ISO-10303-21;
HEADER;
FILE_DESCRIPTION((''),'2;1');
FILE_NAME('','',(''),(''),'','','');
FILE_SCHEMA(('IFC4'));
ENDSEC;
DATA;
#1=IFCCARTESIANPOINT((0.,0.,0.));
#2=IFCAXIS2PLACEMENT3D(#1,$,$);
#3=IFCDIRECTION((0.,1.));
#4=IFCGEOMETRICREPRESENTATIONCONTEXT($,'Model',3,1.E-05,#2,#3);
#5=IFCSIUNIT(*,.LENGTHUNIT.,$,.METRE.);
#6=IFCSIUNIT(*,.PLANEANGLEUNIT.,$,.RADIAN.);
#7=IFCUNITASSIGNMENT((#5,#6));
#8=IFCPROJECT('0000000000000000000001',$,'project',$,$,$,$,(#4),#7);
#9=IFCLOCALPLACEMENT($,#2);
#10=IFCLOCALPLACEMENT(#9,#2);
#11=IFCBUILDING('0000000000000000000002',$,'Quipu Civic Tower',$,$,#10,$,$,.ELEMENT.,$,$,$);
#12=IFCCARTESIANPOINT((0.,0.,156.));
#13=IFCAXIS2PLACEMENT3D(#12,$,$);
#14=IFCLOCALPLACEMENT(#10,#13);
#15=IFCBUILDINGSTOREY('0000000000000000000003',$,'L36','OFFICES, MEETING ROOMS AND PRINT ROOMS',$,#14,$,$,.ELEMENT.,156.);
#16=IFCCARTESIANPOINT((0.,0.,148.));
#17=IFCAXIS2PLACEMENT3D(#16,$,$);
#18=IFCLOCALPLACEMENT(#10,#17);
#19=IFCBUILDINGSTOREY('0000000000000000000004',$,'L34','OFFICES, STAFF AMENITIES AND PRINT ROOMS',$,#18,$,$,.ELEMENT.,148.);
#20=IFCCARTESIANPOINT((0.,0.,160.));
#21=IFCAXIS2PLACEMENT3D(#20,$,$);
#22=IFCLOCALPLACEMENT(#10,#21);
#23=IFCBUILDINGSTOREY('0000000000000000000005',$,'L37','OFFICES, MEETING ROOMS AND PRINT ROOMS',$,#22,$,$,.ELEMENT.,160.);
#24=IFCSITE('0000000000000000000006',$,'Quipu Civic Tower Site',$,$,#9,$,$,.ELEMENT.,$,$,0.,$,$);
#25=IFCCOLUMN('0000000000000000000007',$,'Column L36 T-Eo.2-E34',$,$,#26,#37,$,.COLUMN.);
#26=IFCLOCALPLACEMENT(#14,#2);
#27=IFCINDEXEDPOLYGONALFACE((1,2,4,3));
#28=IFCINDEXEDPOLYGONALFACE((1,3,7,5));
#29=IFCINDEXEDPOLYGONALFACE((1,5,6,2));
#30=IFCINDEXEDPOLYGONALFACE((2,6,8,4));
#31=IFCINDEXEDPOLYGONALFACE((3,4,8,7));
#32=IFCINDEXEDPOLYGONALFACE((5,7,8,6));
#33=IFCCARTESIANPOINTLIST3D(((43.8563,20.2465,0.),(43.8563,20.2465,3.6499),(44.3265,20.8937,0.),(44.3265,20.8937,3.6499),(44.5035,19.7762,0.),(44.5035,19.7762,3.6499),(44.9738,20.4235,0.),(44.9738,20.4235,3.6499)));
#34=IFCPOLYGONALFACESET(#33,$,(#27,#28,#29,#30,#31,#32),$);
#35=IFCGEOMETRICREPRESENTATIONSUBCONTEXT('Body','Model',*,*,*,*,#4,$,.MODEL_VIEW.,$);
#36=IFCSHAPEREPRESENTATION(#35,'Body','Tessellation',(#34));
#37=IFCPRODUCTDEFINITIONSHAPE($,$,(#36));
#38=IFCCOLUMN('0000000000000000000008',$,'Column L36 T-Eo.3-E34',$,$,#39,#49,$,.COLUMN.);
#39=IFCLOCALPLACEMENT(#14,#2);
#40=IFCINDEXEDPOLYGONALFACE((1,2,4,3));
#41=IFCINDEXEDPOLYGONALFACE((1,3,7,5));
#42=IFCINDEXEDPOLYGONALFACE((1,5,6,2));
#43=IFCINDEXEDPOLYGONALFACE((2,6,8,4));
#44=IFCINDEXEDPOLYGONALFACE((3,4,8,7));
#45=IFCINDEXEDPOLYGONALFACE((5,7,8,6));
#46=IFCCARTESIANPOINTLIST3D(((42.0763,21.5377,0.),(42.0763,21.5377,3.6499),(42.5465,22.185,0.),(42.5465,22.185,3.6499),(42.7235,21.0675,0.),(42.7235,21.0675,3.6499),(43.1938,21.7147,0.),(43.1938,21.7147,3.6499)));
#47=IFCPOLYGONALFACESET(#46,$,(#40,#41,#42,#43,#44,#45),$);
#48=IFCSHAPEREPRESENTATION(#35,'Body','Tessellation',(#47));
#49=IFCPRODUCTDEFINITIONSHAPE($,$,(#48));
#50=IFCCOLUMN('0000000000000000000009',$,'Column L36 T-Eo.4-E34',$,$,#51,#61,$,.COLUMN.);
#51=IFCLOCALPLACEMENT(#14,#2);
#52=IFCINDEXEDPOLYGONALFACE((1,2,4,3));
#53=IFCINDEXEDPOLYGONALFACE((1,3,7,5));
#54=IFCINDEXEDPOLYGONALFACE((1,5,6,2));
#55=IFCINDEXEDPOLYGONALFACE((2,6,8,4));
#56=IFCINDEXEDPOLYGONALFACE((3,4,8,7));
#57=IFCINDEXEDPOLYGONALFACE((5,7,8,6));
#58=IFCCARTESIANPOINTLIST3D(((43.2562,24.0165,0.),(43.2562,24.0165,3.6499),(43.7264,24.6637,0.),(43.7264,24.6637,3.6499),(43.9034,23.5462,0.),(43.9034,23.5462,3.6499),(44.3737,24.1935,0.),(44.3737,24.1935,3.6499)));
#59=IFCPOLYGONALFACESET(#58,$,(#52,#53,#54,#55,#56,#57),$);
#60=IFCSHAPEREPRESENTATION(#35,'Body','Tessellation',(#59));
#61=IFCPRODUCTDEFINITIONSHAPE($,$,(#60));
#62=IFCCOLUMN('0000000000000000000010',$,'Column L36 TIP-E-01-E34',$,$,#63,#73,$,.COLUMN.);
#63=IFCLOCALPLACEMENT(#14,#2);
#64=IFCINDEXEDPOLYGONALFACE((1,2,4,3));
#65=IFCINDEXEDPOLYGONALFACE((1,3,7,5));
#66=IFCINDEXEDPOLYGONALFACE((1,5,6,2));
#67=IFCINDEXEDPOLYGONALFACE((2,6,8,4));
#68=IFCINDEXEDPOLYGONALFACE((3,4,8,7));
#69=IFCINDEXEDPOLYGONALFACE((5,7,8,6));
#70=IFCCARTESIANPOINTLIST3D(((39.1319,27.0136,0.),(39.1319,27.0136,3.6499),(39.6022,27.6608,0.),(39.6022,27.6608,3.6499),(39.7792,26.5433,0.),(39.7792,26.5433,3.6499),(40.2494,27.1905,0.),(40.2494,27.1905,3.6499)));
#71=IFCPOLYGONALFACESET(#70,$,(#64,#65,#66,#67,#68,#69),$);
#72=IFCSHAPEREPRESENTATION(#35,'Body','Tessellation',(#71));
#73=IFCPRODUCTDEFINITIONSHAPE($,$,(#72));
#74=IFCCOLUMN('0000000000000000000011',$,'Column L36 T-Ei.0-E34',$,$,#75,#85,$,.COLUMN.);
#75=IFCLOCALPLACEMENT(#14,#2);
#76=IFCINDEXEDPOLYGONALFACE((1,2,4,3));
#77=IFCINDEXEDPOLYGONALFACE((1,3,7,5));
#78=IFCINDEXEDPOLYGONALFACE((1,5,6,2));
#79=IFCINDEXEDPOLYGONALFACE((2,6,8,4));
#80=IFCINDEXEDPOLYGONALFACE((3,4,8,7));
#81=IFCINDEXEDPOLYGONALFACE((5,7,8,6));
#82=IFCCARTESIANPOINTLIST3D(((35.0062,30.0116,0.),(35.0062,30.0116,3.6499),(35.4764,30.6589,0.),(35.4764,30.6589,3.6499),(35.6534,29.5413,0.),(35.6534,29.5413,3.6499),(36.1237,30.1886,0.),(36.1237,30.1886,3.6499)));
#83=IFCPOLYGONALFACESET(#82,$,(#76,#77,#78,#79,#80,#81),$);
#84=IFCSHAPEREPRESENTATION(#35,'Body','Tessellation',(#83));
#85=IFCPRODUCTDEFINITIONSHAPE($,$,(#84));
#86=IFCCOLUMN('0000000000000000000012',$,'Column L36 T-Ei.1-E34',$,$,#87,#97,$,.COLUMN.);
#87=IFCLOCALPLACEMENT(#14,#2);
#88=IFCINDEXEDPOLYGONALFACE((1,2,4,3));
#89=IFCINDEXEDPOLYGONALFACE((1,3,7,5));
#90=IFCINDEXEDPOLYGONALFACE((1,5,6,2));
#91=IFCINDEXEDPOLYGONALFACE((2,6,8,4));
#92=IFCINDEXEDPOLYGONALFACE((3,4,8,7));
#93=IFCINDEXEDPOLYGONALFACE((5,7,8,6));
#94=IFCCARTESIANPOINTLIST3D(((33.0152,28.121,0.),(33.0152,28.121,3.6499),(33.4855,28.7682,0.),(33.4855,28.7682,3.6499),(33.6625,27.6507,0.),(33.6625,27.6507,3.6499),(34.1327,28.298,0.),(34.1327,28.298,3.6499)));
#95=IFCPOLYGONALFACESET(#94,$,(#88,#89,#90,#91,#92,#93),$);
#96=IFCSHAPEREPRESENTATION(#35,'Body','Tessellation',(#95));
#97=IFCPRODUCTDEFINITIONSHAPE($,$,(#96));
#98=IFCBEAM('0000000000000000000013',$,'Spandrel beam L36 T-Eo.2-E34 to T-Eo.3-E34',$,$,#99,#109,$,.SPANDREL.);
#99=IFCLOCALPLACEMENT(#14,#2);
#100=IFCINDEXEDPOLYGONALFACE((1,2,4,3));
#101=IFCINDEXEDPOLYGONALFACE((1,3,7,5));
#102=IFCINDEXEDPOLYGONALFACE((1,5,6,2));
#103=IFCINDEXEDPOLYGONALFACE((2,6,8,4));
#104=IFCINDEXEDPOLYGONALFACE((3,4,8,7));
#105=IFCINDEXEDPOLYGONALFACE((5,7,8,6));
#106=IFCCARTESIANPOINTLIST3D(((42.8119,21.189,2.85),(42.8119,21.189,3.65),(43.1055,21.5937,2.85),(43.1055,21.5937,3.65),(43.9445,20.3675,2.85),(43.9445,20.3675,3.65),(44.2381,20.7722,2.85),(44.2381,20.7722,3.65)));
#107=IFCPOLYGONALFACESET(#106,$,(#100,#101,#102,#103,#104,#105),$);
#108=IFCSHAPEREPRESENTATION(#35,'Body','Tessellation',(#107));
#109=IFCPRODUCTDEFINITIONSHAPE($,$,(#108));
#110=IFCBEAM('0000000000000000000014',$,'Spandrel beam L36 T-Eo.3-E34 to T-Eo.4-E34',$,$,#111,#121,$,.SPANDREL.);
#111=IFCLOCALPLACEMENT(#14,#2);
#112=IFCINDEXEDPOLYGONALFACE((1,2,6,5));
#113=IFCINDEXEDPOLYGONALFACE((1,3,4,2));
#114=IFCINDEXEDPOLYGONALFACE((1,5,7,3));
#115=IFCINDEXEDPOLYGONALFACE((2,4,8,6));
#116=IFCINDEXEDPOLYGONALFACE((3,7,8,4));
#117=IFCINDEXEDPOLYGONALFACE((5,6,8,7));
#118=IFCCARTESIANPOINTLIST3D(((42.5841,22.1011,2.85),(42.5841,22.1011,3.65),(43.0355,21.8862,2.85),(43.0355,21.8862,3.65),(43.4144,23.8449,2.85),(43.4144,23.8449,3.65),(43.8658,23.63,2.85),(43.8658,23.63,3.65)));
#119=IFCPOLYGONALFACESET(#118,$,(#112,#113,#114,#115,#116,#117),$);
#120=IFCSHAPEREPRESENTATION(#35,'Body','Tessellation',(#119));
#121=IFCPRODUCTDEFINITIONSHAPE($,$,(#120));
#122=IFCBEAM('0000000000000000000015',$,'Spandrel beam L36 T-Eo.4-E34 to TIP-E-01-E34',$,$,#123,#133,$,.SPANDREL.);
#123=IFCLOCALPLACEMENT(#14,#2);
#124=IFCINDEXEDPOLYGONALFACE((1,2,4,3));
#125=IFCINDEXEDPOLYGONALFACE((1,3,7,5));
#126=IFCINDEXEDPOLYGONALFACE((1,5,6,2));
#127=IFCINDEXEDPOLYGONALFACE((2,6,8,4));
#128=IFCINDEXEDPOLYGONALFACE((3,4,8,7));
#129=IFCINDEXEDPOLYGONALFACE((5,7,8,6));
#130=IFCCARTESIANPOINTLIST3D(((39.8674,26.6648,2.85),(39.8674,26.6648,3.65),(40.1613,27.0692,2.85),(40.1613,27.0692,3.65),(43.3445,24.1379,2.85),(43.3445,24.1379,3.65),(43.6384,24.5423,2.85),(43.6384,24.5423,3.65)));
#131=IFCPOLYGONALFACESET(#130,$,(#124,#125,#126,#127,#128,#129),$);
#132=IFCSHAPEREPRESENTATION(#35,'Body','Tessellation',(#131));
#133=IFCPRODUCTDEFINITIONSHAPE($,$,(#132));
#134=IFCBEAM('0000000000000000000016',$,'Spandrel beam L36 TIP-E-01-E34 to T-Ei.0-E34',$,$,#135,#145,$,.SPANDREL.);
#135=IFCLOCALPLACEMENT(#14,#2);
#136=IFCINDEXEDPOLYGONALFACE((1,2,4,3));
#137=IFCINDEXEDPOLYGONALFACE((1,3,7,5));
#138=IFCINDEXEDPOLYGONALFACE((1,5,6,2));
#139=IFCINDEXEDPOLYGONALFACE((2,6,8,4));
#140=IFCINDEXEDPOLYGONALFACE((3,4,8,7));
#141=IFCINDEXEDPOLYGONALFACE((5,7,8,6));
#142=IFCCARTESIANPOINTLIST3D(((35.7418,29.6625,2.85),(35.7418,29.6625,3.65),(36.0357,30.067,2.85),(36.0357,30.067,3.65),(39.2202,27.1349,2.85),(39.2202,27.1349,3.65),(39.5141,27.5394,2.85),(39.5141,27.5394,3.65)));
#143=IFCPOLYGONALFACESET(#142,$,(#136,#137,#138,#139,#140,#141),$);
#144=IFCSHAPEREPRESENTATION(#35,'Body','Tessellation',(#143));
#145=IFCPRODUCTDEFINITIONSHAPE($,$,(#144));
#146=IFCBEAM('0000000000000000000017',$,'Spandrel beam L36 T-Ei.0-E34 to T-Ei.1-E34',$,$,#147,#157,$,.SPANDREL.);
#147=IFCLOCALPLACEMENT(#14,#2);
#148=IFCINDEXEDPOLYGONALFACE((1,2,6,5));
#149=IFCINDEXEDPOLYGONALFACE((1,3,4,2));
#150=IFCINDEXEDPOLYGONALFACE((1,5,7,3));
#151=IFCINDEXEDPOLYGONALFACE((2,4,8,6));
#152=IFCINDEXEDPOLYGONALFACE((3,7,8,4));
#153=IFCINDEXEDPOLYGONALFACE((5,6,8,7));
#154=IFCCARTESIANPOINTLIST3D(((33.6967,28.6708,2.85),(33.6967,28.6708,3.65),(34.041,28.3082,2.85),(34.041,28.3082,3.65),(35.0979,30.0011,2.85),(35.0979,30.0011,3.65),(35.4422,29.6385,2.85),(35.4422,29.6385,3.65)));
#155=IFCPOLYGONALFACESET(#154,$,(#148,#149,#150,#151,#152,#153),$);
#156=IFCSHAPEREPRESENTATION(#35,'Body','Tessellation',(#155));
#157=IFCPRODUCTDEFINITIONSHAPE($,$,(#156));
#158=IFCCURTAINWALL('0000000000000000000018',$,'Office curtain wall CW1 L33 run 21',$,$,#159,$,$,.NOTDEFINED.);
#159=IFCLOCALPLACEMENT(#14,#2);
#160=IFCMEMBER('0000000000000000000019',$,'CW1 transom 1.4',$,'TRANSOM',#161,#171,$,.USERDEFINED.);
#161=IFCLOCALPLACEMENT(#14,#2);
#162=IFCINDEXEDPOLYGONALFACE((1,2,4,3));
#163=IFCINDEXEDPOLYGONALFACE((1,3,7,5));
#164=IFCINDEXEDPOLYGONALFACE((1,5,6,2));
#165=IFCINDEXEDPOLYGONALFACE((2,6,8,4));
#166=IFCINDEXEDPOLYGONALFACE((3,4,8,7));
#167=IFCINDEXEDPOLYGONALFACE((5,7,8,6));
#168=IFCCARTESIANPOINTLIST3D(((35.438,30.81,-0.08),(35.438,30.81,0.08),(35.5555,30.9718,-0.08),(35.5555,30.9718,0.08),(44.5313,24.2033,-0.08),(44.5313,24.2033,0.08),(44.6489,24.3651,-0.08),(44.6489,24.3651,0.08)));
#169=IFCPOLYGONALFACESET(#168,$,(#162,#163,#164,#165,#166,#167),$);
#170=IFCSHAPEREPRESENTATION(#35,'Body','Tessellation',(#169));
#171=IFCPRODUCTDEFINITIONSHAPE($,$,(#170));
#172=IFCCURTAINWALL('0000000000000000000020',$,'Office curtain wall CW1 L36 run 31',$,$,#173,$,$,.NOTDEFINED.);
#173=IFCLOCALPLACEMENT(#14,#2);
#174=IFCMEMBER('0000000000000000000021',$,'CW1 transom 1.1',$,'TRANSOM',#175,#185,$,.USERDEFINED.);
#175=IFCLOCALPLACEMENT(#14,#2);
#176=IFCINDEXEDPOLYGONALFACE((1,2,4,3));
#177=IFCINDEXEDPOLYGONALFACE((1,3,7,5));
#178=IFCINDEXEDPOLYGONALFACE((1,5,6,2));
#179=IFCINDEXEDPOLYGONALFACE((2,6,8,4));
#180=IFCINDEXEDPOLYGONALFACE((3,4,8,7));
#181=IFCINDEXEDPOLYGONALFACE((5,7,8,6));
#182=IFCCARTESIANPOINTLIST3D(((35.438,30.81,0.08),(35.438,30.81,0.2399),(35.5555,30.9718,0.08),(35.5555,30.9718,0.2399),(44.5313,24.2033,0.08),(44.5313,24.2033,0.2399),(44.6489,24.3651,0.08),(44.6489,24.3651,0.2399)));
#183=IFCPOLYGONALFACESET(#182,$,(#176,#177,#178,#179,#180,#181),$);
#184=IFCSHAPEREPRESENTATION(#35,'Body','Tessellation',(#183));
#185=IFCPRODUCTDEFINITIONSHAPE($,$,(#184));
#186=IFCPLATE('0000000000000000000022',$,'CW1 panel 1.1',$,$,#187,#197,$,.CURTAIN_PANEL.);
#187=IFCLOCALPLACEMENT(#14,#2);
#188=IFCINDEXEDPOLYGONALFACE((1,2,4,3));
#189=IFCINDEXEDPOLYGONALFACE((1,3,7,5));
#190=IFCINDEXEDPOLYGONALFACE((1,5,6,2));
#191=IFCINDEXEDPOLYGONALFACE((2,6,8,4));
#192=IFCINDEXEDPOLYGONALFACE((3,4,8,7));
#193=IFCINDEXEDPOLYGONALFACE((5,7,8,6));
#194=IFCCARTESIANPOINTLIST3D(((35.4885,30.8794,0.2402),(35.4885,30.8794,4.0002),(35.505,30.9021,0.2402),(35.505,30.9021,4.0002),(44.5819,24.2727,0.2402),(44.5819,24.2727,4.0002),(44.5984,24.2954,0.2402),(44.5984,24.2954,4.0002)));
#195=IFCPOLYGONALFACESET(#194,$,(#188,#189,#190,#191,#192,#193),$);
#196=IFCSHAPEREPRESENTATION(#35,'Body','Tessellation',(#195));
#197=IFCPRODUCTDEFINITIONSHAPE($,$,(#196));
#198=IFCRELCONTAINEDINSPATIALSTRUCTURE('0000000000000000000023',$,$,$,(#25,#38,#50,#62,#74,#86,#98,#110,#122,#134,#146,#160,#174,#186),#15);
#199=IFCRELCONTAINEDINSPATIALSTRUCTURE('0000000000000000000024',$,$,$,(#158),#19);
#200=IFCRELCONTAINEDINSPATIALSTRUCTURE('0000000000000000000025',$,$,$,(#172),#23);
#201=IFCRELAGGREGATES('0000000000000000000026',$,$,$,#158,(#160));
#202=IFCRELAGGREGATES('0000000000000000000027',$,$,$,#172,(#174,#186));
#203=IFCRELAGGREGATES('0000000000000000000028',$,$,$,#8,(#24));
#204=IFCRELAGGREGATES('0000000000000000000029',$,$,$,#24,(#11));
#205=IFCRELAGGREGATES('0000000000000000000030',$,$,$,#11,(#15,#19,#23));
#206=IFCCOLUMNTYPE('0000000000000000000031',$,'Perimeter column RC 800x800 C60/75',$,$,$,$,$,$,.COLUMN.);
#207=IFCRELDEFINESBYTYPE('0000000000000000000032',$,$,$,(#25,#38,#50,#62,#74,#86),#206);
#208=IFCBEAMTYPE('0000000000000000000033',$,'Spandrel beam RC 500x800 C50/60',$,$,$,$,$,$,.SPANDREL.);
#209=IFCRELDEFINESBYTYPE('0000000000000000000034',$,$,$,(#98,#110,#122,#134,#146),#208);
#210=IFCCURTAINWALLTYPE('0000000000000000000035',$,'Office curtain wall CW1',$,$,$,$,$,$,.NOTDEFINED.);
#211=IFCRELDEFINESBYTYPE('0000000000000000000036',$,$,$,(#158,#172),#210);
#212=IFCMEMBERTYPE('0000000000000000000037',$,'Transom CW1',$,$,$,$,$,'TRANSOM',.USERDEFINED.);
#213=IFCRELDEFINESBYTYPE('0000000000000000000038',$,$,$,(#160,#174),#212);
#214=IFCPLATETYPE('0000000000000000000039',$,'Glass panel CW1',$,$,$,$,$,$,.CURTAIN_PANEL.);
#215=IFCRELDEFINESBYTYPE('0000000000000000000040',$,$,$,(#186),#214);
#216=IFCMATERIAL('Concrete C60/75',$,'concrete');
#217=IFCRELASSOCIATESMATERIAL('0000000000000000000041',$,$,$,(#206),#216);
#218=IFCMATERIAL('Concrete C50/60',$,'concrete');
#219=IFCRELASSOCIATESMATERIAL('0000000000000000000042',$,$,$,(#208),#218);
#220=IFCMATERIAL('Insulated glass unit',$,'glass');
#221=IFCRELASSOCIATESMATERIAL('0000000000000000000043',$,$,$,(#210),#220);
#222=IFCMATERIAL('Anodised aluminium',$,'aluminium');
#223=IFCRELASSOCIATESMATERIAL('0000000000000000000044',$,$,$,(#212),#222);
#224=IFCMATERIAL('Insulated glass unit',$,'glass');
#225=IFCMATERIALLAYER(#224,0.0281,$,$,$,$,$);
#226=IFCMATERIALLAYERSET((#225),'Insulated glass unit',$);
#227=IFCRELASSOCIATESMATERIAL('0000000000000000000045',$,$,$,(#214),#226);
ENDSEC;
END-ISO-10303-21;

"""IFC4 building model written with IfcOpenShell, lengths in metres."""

from ifc_helpers import new_model, si_unit, direction, frame, origin, origin_2d, place, context, subcontext, project, spatial, rectangle, extrude, material, layer, layer_set, material_profile, profile_set, type_object, element, aggregate, save


model = new_model("IFC4")

# Units and contexts
model_context = context("Model", 3, precision=1e-05, world=origin(), true_north=direction((0.0, 1.0)))
body_context = subcontext(model_context, "Body", "Model", "MODEL_VIEW")
ifc_project = project(units=[si_unit("LENGTHUNIT", "METRE"), si_unit("PLANEANGLEUNIT", "RADIAN")], contexts=[model_context])

# Site, building, storey
site_placement = place(None, origin())
site = spatial("IfcSite", under=ifc_project, at=site_placement, Name="Quipu Civic Tower Site", CompositionType="ELEMENT", RefElevation=0.0)
building_placement = place(site_placement, origin())
building = spatial("IfcBuilding", under=site, at=building_placement, Name="Quipu Civic Tower", CompositionType="ELEMENT")
storey_1_placement = place(building_placement, frame((0.0, 0.0, 156.0)))
storey_1 = spatial("IfcBuildingStorey", under=building, at=storey_1_placement, Name="L36", Description="OFFICES, MEETING ROOMS AND PRINT ROOMS", CompositionType="ELEMENT", Elevation=156.0)

# Columns
ifc_material_1 = material(Name="Concrete C60/75", Category="concrete")
ifc_material_profile_1 = material_profile(ifc_material_1, rectangle(XDim=0.8, YDim=0.8, at=origin_2d()), Name="RC800x800")
ifc_profile_set_1 = profile_set([ifc_material_profile_1], Name="Concrete C60/75")
column_type = type_object("IfcColumnType", Name="Perimeter column RC 800x800 C60/75", PredefinedType="COLUMN", material=ifc_profile_set_1)
for number, where, z_axis, x_axis, name in (
    (1, (44.415, 20.335, 0.0), (0.0, 0.0, 1.0), (0.587785, 0.809017, 0.0), "Column L36 T-Eo.2-E34"),
    (2, (42.635, 21.6262, 0.0), (0.0, 0.0, 1.0), (-0.809017, 0.587785, 0.0), "Column L36 T-Eo.3-E34"),
    (3, (43.8149, 24.105, 0.0), (0.0, 0.0, 1.0), (-0.809017, 0.587785, 0.0), "Column L36 T-Eo.4-E34"),
    (4, (39.6907, 27.1021, 0.0), (0.0, 0.0, 1.0), (-0.809017, 0.587785, 0.0), "Column L36 TIP-E-01-E34"),
    (5, (35.5649, 30.1001, 0.0), (0.0, 0.0, 1.0), (-0.587785, -0.809017, 0.0), "Column L36 T-Ei.0-E34"),
    (6, (33.574, 28.2095, 0.0), (0.0, 0.0, 1.0), (-0.809017, 0.587785, 0.0), "Column L36 T-Ei.1-E34"),
):
    element("IfcColumn", number, at=place(storey_1_placement, frame(where, z_axis=z_axis, x_axis=x_axis)), inside=storey_1, type_object=column_type, Name=name, PredefinedType="COLUMN", context=body_context, shape_type="SweptSolid", body=[
        extrude(rectangle(XDim=0.8, YDim=0.8, at=origin_2d()), origin(), (0.0, 0.0, 1.0), 3.6499),
    ])

# Beams
ifc_material_2 = material(Name="Concrete C50/60", Category="concrete")
ifc_material_profile_2 = material_profile(ifc_material_2, rectangle(XDim=0.5, YDim=0.8, at=origin_2d()), Name="RC500x800")
ifc_profile_set_2 = profile_set([ifc_material_profile_2], Name="Concrete C50/60")
beam_type = type_object("IfcBeamType", Name="Spandrel beam RC 500x800 C50/60", PredefinedType="SPANDREL", material=ifc_profile_set_2)
beam_1_placement = place(storey_1_placement, frame((44.0913, 20.5698, 3.25), z_axis=(-0.809467, 0.587165, 0.0), x_axis=(-0.587165, -0.809467, 0.0)))
element("IfcBeam", 7, at=beam_1_placement, inside=storey_1, type_object=beam_type, Name="Spandrel beam L36 T-Eo.2-E34 to T-Eo.3-E34", PredefinedType="SPANDREL", context=body_context, shape_type="SweptSolid", body=[
    extrude(rectangle(XDim=0.5, YDim=0.8, at=origin_2d()), origin(), (0.0, 0.0, 1.0), 1.3992),
])
beam_2_placement = place(storey_1_placement, frame((42.8098, 21.9937, 3.25), z_axis=(0.429889, 0.902882, 0.0), x_axis=(-0.902882, 0.429889, 0.0)))
element("IfcBeam", 8, at=beam_2_placement, inside=storey_1, type_object=beam_type, Name="Spandrel beam L36 T-Eo.3-E34 to T-Eo.4-E34", PredefinedType="SPANDREL", context=body_context, shape_type="SweptSolid", body=[
    extrude(rectangle(XDim=0.5, YDim=0.8, at=origin_2d()), origin(), (0.0, 0.0, 1.0), 1.9314),
])
beam_3_placement = place(storey_1_placement, frame((43.4915, 24.3401, 3.25), z_axis=(-0.808947, 0.587881, 0.0), x_axis=(-0.587881, -0.808947, 0.0)))
element("IfcBeam", 9, at=beam_3_placement, inside=storey_1, type_object=beam_type, Name="Spandrel beam L36 T-Eo.4-E34 to TIP-E-01-E34", PredefinedType="SPANDREL", context=body_context, shape_type="SweptSolid", body=[
    extrude(rectangle(XDim=0.5, YDim=0.8, at=origin_2d()), origin(), (0.0, 0.0, 1.0), 4.2983),
])
beam_4_placement = place(storey_1_placement, frame((39.3672, 27.3372, 3.25), z_axis=(-0.808984, 0.587831, 0.0), x_axis=(-0.587831, -0.808984, 0.0)))
element("IfcBeam", 10, at=beam_4_placement, inside=storey_1, type_object=beam_type, Name="Spandrel beam L36 TIP-E-01-E34 to T-Ei.0-E34", PredefinedType="SPANDREL", context=body_context, shape_type="SweptSolid", body=[
    extrude(rectangle(XDim=0.5, YDim=0.8, at=origin_2d()), origin(), (0.0, 0.0, 1.0), 4.2998),
])
beam_5_placement = place(storey_1_placement, frame((35.27, 29.8198, 3.25), z_axis=(-0.725192, -0.688547, 0.0), x_axis=(0.688547, -0.725192, 0.0)))
element("IfcBeam", 11, at=beam_5_placement, inside=storey_1, type_object=beam_type, Name="Spandrel beam L36 T-Ei.0-E34 to T-Ei.1-E34", PredefinedType="SPANDREL", context=body_context, shape_type="SweptSolid", body=[
    extrude(rectangle(XDim=0.5, YDim=0.8, at=origin_2d()), origin(), (0.0, 0.0, 1.0), 1.9321),
])

# Shared definitions
storey_2_placement = place(building_placement, frame((0.0, 0.0, 148.0)))
storey_2 = spatial("IfcBuildingStorey", under=building, at=storey_2_placement, Name="L34", Description="OFFICES, STAFF AMENITIES AND PRINT ROOMS", CompositionType="ELEMENT", Elevation=148.0)

# Curtain wall, member
ifc_material_3 = material(Name="Insulated glass unit", Category="glass")
curtain_wall_type = type_object("IfcCurtainWallType", Name="Office curtain wall CW1", PredefinedType="NOTDEFINED", material=ifc_material_3)
curtain_wall_1_placement = place(storey_2_placement, origin())
curtain_wall_1 = element("IfcCurtainWall", 12, at=curtain_wall_1_placement, inside=storey_2, type_object=curtain_wall_type, Name="Office curtain wall CW1 L33 run 21", PredefinedType="NOTDEFINED")
ifc_material_4 = material(Name="Anodised aluminium", Category="aluminium")
ifc_material_profile_3 = material_profile(ifc_material_4, rectangle(XDim=0.2, YDim=0.1599, at=origin_2d()), Name="RECT 200x160")
ifc_profile_set_3 = profile_set([ifc_material_profile_3], Name="Anodised aluminium")
member_type = type_object("IfcMemberType", Name="Transom CW1", ElementType="TRANSOM", PredefinedType="USERDEFINED", material=ifc_profile_set_3)
member_1_placement = place(storey_1_placement, frame((44.5901, 24.2842, 0.0), z_axis=(-0.809015, 0.587788, 0.0), x_axis=(-0.587788, -0.809015, 0.0)))
member_1 = element("IfcMember", 13, at=member_1_placement, inside=storey_1, type_object=member_type, Name="CW1 transom 1.4", ObjectType="TRANSOM", PredefinedType="USERDEFINED", context=body_context, shape_type="SweptSolid", body=[
    extrude(rectangle(XDim=0.2, YDim=0.1599, at=origin_2d()), origin(), (0.0, 0.0, 1.0), 11.24),
])
aggregate(curtain_wall_1, [member_1])

# Shared definitions
storey_3_placement = place(building_placement, frame((0.0, 0.0, 160.0)))
storey_3 = spatial("IfcBuildingStorey", under=building, at=storey_3_placement, Name="L37", Description="OFFICES, MEETING ROOMS AND PRINT ROOMS", CompositionType="ELEMENT", Elevation=160.0)

# Curtain wall, member, plate
curtain_wall_2_placement = place(storey_3_placement, origin())
curtain_wall_2 = element("IfcCurtainWall", 14, at=curtain_wall_2_placement, inside=storey_3, type_object=curtain_wall_type, Name="Office curtain wall CW1 L36 run 31", PredefinedType="NOTDEFINED")
member_2_placement = place(storey_1_placement, frame((44.5901, 24.2842, 0.1599), z_axis=(-0.809015, 0.587788, 0.0), x_axis=(-0.587788, -0.809015, 0.0)))
member_2 = element("IfcMember", 15, at=member_2_placement, inside=storey_1, type_object=member_type, Name="CW1 transom 1.1", ObjectType="TRANSOM", PredefinedType="USERDEFINED", context=body_context, shape_type="SweptSolid", body=[
    extrude(rectangle(XDim=0.2, YDim=0.1599, at=origin_2d()), origin(), (0.0, 0.0, 1.0), 11.24),
])
ifc_material_5 = material(Name="Insulated glass unit", Category="glass")
ifc_layer_1 = layer(ifc_material_5, 0.0281)
ifc_layer_set_1 = layer_set([ifc_layer_1], Name="Insulated glass unit")
plate_type_1 = type_object("IfcPlateType", Name="Glass panel CW1", PredefinedType="CURTAIN_PANEL", material=ifc_layer_set_1)
plate_placement = place(storey_1_placement, frame((40.0435, 27.5874, 0.2402), z_axis=(0.0, 0.0, 1.0), x_axis=(-0.809015, 0.587788, 0.0)))
plate = element("IfcPlate", 16, at=plate_placement, inside=storey_1, type_object=plate_type_1, Name="CW1 panel 1.1", PredefinedType="CURTAIN_PANEL", context=body_context, shape_type="SweptSolid", body=[
    extrude(rectangle(XDim=11.24, YDim=0.0281, at=origin_2d()), origin(), (0.0, 0.0, 1.0), 3.76),
])
aggregate(curtain_wall_2, [member_2, plate])

save(model, "model.ifc")
